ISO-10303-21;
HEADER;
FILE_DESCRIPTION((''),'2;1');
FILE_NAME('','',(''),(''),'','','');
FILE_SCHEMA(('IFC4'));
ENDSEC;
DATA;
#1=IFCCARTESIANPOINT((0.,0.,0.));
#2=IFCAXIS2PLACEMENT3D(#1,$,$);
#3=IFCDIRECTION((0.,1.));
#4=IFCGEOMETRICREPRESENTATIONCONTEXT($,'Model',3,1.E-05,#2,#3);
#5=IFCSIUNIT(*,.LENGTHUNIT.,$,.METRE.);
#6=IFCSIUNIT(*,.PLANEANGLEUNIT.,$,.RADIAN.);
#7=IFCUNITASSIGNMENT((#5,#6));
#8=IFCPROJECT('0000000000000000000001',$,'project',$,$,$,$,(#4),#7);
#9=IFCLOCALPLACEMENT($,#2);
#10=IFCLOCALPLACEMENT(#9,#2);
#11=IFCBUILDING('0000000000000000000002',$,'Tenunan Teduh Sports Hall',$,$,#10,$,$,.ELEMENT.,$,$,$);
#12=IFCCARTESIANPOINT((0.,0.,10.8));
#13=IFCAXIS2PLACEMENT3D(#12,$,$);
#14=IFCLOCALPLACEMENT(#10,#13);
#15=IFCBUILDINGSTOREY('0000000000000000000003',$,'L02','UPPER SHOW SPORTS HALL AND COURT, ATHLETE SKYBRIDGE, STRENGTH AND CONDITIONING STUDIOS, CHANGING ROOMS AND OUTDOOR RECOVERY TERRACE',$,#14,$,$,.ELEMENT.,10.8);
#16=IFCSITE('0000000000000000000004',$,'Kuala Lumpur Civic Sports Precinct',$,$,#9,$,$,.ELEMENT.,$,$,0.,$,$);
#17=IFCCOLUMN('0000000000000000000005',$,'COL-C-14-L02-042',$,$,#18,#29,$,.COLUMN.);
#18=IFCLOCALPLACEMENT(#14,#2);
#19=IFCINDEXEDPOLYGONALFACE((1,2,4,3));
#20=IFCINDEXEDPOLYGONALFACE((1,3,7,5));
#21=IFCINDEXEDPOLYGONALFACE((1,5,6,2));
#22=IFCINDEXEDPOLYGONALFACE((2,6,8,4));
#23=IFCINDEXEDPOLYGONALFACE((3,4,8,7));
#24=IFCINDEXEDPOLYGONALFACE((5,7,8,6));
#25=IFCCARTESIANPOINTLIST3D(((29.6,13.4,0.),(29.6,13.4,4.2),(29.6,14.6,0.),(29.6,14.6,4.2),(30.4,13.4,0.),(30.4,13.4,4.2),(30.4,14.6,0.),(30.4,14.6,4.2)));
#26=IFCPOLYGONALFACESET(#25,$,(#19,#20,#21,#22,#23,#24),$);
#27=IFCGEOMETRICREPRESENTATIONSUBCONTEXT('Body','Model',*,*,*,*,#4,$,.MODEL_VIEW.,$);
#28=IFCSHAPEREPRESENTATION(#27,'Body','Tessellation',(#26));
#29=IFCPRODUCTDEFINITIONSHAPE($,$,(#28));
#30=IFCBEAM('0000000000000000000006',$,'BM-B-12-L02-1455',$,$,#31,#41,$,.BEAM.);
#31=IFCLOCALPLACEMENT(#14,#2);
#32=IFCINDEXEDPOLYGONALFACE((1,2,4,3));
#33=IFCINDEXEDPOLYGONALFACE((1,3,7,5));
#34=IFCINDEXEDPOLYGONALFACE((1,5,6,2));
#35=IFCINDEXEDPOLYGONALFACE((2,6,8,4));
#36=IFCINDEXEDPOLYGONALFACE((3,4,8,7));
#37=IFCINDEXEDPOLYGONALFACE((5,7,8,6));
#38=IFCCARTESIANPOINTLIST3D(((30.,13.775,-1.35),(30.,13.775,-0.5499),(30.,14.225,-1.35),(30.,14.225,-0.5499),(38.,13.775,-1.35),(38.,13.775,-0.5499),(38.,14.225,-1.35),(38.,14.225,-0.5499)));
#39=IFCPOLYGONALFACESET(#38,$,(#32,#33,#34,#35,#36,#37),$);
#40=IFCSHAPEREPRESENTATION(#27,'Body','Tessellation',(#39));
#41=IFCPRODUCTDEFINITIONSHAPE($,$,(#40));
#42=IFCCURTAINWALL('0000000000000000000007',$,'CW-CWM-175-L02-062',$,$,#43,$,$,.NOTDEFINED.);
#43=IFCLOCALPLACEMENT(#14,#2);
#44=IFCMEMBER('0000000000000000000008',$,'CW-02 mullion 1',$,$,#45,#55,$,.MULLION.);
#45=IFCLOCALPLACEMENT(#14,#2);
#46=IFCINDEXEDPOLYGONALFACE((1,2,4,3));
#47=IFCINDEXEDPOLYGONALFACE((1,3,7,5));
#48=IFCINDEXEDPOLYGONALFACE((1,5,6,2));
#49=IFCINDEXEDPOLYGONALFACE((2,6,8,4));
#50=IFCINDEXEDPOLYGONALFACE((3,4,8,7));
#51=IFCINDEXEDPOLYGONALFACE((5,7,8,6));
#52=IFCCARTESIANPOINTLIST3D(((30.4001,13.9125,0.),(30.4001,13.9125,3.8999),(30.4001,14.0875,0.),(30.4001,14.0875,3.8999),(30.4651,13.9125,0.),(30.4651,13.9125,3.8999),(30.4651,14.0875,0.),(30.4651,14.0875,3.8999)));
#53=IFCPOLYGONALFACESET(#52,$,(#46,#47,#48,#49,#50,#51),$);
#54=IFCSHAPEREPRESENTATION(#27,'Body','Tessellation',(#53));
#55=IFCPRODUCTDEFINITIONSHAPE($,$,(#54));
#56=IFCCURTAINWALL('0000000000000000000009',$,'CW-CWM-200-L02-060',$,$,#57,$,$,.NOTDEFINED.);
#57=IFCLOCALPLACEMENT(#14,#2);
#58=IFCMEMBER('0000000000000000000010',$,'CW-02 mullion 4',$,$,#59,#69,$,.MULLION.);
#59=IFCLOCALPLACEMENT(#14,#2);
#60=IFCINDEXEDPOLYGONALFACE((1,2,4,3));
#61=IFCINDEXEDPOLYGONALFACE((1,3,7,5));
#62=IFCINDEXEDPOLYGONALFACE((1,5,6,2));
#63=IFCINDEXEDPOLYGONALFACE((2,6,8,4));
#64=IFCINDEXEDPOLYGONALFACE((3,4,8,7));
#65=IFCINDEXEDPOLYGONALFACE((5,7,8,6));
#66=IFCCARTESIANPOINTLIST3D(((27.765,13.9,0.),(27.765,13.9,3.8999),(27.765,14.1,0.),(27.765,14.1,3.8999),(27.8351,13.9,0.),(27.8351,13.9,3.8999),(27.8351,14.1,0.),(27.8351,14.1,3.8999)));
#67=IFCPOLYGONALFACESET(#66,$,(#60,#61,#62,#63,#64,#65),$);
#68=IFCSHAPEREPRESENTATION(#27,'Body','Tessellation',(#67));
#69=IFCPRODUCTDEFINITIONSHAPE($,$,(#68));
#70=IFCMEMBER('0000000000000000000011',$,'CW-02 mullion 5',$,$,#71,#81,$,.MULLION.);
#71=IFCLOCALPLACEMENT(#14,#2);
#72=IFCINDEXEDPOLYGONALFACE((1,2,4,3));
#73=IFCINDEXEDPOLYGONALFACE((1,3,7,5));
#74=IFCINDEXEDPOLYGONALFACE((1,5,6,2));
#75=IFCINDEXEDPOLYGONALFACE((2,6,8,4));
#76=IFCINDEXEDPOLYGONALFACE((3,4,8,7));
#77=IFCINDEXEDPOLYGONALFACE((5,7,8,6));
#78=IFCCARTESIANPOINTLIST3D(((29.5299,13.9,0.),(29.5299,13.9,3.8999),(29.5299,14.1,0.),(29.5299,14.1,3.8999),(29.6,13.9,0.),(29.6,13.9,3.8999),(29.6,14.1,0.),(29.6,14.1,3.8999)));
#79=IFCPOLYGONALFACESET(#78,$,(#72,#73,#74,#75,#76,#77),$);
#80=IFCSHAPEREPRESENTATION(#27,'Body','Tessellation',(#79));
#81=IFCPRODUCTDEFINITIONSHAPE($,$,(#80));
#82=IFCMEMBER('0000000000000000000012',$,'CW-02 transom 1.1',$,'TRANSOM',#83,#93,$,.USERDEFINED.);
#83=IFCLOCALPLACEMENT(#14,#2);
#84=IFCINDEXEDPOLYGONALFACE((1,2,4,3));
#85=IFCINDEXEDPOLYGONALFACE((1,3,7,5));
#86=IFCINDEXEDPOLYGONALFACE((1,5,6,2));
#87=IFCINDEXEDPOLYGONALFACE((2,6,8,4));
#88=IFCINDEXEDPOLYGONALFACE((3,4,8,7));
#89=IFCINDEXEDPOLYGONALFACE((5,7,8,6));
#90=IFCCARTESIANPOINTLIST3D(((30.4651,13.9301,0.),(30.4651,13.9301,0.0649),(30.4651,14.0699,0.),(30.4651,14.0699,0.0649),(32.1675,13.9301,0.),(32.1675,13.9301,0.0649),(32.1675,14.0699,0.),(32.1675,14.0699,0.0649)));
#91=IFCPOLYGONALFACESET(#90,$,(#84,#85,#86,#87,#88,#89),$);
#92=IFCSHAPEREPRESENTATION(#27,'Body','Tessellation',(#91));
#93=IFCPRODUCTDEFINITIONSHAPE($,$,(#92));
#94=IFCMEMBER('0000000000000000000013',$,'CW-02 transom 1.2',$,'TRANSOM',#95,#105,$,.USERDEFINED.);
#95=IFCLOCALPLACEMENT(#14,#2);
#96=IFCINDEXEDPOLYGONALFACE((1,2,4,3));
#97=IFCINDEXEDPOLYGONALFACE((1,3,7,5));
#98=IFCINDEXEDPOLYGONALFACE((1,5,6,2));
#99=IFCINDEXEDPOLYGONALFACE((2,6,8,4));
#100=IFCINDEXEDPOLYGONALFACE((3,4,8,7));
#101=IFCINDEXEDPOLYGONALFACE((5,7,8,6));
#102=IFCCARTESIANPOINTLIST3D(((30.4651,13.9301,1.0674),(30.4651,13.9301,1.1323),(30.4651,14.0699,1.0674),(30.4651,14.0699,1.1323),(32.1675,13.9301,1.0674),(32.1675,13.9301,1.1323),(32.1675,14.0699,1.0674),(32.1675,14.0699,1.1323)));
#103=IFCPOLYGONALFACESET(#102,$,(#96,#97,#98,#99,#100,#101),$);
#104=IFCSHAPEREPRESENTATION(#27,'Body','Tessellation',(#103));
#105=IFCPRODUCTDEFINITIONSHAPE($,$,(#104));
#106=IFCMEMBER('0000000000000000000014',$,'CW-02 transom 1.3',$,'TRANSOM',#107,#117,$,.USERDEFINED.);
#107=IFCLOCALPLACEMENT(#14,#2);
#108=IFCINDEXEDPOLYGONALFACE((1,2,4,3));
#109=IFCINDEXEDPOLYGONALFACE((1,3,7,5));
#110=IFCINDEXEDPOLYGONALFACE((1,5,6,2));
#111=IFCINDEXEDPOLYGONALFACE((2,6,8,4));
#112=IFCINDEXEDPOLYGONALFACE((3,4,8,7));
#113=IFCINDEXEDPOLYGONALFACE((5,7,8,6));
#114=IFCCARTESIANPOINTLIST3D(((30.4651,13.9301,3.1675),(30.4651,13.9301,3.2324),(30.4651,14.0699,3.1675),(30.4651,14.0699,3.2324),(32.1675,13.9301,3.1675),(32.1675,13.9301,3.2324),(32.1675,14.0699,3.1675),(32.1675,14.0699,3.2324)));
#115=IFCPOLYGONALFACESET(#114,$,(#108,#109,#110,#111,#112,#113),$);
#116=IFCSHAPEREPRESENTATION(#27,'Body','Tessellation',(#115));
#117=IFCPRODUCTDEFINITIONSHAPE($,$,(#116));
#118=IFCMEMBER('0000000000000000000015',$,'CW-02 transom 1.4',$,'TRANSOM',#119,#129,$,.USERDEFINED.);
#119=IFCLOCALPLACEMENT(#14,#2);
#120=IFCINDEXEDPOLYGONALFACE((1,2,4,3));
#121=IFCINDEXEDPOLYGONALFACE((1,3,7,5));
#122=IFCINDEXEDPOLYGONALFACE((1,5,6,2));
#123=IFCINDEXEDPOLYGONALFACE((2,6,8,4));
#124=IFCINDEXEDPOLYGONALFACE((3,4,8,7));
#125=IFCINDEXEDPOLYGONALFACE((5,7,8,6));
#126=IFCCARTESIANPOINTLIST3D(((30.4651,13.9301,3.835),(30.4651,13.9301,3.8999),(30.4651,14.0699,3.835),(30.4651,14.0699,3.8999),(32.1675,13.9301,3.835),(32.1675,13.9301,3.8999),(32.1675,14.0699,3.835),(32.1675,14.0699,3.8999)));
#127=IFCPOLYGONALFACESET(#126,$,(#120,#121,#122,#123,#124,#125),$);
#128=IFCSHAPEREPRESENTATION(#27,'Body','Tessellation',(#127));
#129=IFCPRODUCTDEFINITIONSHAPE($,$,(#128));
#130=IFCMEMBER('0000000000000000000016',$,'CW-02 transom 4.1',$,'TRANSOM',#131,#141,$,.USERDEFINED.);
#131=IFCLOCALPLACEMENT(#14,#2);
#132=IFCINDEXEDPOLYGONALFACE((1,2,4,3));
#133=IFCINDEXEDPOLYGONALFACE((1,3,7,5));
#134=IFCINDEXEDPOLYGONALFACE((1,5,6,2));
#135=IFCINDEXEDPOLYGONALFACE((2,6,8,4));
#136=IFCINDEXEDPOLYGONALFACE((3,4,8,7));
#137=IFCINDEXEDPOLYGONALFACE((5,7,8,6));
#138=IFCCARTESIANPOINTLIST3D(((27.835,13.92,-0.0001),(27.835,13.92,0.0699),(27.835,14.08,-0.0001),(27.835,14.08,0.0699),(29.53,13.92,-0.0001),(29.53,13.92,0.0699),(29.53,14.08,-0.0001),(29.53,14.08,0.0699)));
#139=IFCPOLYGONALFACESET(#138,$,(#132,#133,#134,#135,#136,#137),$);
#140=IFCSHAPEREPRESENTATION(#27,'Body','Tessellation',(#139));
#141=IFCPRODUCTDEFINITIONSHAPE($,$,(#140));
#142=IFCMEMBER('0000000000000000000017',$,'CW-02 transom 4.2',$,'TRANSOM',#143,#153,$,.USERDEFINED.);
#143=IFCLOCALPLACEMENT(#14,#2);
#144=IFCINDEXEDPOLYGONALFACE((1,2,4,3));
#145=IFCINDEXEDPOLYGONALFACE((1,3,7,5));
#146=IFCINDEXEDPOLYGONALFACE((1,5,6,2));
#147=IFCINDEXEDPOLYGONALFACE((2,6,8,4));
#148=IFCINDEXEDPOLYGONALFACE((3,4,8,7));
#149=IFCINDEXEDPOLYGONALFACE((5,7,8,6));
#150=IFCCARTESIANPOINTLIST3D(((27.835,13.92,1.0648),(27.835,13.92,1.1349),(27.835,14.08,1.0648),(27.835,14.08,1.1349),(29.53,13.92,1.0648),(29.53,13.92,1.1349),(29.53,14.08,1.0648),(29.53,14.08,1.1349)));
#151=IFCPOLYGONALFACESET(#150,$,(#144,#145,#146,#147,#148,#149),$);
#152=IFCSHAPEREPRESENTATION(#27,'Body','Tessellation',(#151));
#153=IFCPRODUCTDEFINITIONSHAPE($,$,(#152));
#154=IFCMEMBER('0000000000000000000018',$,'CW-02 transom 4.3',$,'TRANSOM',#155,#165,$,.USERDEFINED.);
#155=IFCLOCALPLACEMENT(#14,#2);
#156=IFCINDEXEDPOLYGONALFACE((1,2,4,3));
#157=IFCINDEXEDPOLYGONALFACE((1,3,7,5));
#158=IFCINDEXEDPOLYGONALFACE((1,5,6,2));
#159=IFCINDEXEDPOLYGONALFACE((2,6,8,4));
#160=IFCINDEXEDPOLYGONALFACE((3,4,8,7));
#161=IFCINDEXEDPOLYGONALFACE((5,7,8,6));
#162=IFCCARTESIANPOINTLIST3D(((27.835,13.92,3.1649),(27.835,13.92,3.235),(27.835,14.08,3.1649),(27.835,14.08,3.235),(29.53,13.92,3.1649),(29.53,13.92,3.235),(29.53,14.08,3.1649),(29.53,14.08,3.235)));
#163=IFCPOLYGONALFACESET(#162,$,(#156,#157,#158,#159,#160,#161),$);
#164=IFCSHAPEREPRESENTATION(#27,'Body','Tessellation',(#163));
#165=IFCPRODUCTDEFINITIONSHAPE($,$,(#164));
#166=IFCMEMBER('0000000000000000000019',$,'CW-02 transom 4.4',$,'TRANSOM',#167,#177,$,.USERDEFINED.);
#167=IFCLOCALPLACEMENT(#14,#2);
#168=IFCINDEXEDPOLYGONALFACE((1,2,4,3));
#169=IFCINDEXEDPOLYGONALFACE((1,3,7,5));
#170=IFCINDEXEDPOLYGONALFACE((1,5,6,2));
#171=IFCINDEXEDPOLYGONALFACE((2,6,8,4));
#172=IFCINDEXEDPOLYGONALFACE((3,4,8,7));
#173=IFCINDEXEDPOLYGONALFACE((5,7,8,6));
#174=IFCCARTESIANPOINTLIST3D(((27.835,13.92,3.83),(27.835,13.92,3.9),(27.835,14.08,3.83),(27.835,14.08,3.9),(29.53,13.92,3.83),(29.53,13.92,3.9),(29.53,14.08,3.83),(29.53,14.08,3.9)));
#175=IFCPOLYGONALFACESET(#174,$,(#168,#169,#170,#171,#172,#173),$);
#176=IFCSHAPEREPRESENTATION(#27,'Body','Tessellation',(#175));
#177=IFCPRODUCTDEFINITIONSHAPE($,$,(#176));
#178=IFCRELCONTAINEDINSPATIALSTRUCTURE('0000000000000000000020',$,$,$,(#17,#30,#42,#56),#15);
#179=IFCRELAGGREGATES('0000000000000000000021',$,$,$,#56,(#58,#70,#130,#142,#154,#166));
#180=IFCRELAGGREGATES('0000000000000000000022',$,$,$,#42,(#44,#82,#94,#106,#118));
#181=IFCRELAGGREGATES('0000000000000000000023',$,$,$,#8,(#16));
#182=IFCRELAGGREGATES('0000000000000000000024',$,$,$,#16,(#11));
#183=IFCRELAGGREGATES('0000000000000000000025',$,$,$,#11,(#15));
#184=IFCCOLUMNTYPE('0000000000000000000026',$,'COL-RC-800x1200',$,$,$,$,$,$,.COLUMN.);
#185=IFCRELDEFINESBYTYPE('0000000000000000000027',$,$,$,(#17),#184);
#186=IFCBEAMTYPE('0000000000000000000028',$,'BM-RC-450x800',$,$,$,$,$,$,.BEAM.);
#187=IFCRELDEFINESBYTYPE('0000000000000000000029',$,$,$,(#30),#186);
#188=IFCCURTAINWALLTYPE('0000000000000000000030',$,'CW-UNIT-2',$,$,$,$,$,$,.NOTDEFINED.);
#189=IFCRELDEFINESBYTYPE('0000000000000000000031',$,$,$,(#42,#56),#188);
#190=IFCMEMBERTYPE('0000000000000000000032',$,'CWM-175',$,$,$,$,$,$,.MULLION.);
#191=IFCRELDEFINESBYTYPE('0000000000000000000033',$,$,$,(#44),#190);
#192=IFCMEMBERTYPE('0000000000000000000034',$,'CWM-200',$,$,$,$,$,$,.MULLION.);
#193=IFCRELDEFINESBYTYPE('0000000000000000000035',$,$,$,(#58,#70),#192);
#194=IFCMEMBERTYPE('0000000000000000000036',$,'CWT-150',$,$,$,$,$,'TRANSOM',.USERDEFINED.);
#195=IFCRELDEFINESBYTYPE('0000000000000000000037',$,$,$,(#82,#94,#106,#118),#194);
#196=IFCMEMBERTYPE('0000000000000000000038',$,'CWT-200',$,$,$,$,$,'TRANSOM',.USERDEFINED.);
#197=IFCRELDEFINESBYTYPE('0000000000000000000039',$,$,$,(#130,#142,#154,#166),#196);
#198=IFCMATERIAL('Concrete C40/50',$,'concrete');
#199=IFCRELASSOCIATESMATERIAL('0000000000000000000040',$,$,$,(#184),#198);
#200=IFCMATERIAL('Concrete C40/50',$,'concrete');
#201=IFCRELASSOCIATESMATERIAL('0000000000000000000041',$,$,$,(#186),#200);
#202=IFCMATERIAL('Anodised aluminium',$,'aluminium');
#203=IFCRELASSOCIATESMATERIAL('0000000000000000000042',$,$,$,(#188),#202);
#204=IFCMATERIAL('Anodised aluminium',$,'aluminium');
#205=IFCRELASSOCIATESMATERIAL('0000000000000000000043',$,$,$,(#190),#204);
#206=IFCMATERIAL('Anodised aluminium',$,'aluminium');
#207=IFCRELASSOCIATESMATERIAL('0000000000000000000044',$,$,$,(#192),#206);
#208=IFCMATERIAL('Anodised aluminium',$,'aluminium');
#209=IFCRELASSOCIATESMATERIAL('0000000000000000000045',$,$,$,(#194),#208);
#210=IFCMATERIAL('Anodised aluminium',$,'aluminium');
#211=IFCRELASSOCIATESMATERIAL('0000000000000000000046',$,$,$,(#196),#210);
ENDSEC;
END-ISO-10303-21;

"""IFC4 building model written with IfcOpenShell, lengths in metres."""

from ifc_helpers import new_model, si_unit, direction, frame, origin, origin_2d, place, context, subcontext, project, spatial, rectangle, extrude, material, material_profile, profile_set, type_object, element, aggregate, save


model = new_model("IFC4")

# Units and contexts
model_context = context("Model", 3, precision=1e-05, world=origin(), true_north=direction((0.0, 1.0)))
body_context = subcontext(model_context, "Body", "Model", "MODEL_VIEW")
ifc_project = project(units=[si_unit("LENGTHUNIT", "METRE"), si_unit("PLANEANGLEUNIT", "RADIAN")], contexts=[model_context])

# Site, building, storey
site_placement = place(None, origin())
site = spatial("IfcSite", under=ifc_project, at=site_placement, Name="Kuala Lumpur Civic Sports Precinct", CompositionType="ELEMENT", RefElevation=0.0)
building_placement = place(site_placement, origin())
building = spatial("IfcBuilding", under=site, at=building_placement, Name="Tenunan Teduh Sports Hall", CompositionType="ELEMENT")
storey_placement = place(building_placement, frame((0.0, 0.0, 10.8)))
storey = spatial("IfcBuildingStorey", under=building, at=storey_placement, Name="L02", Description="UPPER SHOW SPORTS HALL AND COURT, ATHLETE SKYBRIDGE, STRENGTH AND CONDITIONING STUDIOS, CHANGING ROOMS AND OUTDOOR RECOVERY TERRACE", CompositionType="ELEMENT", Elevation=10.8)

# Column
ifc_material_1 = material(Name="Concrete C40/50", Category="concrete")
ifc_material_profile_1 = material_profile(ifc_material_1, rectangle(XDim=0.8, YDim=1.2, at=origin_2d()), Name="RC 800x1200")
ifc_profile_set_1 = profile_set([ifc_material_profile_1], Name="Concrete C40/50")
column_type = type_object("IfcColumnType", Name="COL-RC-800x1200", PredefinedType="COLUMN", material=ifc_profile_set_1)
column_placement = place(storey_placement, frame((30.0, 14.0, 0.0), z_axis=(0.0, 0.0, 1.0), x_axis=(1.0, 0.0, 0.0)))
element("IfcColumn", 1, at=column_placement, inside=storey, type_object=column_type, Name="COL-C-14-L02-042", PredefinedType="COLUMN", context=body_context, shape_type="SweptSolid", body=[
    extrude(rectangle(XDim=0.8, YDim=1.2, at=origin_2d()), origin(), (0.0, 0.0, 1.0), 4.2),
])

# Beam
ifc_material_2 = material(Name="Concrete C40/50", Category="concrete")
ifc_material_profile_2 = material_profile(ifc_material_2, rectangle(XDim=0.45, YDim=0.8, at=origin_2d()), Name="RCB 450x800")
ifc_profile_set_2 = profile_set([ifc_material_profile_2], Name="Concrete C40/50")
beam_type_1 = type_object("IfcBeamType", Name="BM-RC-450x800", PredefinedType="BEAM", material=ifc_profile_set_2)
beam_1_placement = place(storey_placement, frame((30.0, 14.0, -0.95), z_axis=(1.0, 0.0, 0.0), x_axis=(0.0, 1.0, 0.0)))
element("IfcBeam", 2, at=beam_1_placement, inside=storey, type_object=beam_type_1, Name="BM-B-12-L02-1455", PredefinedType="BEAM", context=body_context, shape_type="SweptSolid", body=[
    extrude(rectangle(XDim=0.45, YDim=0.8, at=origin_2d()), origin(), (0.0, 0.0, 1.0), 8.0),
])

# Curtain wall, member
ifc_material_3 = material(Name="Anodised aluminium", Category="aluminium")
curtain_wall_type = type_object("IfcCurtainWallType", Name="CW-UNIT-2", PredefinedType="NOTDEFINED", material=ifc_material_3)
curtain_wall_1_placement = place(storey_placement, origin())
curtain_wall_1 = element("IfcCurtainWall", 3, at=curtain_wall_1_placement, inside=storey, type_object=curtain_wall_type, Name="CW-CWM-175-L02-062", PredefinedType="NOTDEFINED")
ifc_material_4 = material(Name="Anodised aluminium", Category="aluminium")
ifc_material_profile_3 = material_profile(ifc_material_4, rectangle(XDim=0.0649, YDim=0.175, at=origin_2d()), Name="CWM 65x175")
ifc_profile_set_3 = profile_set([ifc_material_profile_3], Name="Anodised aluminium")
member_type_1 = type_object("IfcMemberType", Name="CWM-175", PredefinedType="MULLION", material=ifc_profile_set_3)
member_1_placement = place(storey_placement, frame((30.4326, 14.0, 0.0), z_axis=(0.0, 0.0, 1.0), x_axis=(1.0, 0.0, 0.0)))
member_1 = element("IfcMember", 4, at=member_1_placement, type_object=member_type_1, Name="CW-02 mullion 1", PredefinedType="MULLION", context=body_context, shape_type="SweptSolid", body=[
    extrude(rectangle(XDim=0.0649, YDim=0.175, at=origin_2d()), origin(), (0.0, 0.0, 1.0), 3.8999),
])

# Curtain wall, members
curtain_wall_2_placement = place(storey_placement, origin())
curtain_wall_2 = element("IfcCurtainWall", 5, at=curtain_wall_2_placement, inside=storey, type_object=curtain_wall_type, Name="CW-CWM-200-L02-060", PredefinedType="NOTDEFINED")
ifc_material_5 = material(Name="Anodised aluminium", Category="aluminium")
ifc_material_profile_4 = material_profile(ifc_material_5, rectangle(XDim=0.0701, YDim=0.2, at=origin_2d()), Name="CWM 70x200")
ifc_profile_set_4 = profile_set([ifc_material_profile_4], Name="Anodised aluminium")
member_type_2 = type_object("IfcMemberType", Name="CWM-200", PredefinedType="MULLION", material=ifc_profile_set_4)
member_2_placement = place(storey_placement, frame((27.8, 14.0, 0.0), z_axis=(0.0, 0.0, 1.0), x_axis=(1.0, 0.0, 0.0)))
member_2 = element("IfcMember", 6, at=member_2_placement, type_object=member_type_2, Name="CW-02 mullion 4", PredefinedType="MULLION", context=body_context, shape_type="SweptSolid", body=[
    extrude(rectangle(XDim=0.0701, YDim=0.2, at=origin_2d()), origin(), (0.0, 0.0, 1.0), 3.8999),
])
member_3_placement = place(storey_placement, frame((29.5649, 14.0, 0.0), z_axis=(0.0, 0.0, 1.0), x_axis=(1.0, 0.0, 0.0)))
member_3 = element("IfcMember", 7, at=member_3_placement, type_object=member_type_2, Name="CW-02 mullion 5", PredefinedType="MULLION", context=body_context, shape_type="SweptSolid", body=[
    extrude(rectangle(XDim=0.0701, YDim=0.2, at=origin_2d()), origin(), (0.0, 0.0, 1.0), 3.8999),
])

# Members
ifc_material_6 = material(Name="Anodised aluminium", Category="aluminium")
ifc_material_profile_5 = material_profile(ifc_material_6, rectangle(XDim=0.0649, YDim=0.1399, at=origin_2d()), Name="CWT 65x140")
ifc_profile_set_5 = profile_set([ifc_material_profile_5], Name="Anodised aluminium")
member_type_3 = type_object("IfcMemberType", Name="CWT-150", ElementType="TRANSOM", PredefinedType="USERDEFINED", material=ifc_profile_set_5)
member_4_placement = place(storey_placement, frame((30.4651, 14.0, 0.0325), z_axis=(1.0, 0.0, 0.0), x_axis=(0.0, 0.0, 1.0)))
member_4 = element("IfcMember", 8, at=member_4_placement, type_object=member_type_3, Name="CW-02 transom 1.1", ObjectType="TRANSOM", PredefinedType="USERDEFINED", context=body_context, shape_type="SweptSolid", body=[
    extrude(rectangle(XDim=0.0649, YDim=0.1399, at=origin_2d()), origin(), (0.0, 0.0, 1.0), 1.7024),
])
member_5_placement = place(storey_placement, frame((30.4651, 14.0, 1.0999), z_axis=(1.0, 0.0, 0.0), x_axis=(0.0, 0.0, 1.0)))
member_5 = element("IfcMember", 9, at=member_5_placement, type_object=member_type_3, Name="CW-02 transom 1.2", ObjectType="TRANSOM", PredefinedType="USERDEFINED", context=body_context, shape_type="SweptSolid", body=[
    extrude(rectangle(XDim=0.0649, YDim=0.1399, at=origin_2d()), origin(), (0.0, 0.0, 1.0), 1.7024),
])
member_6_placement = place(storey_placement, frame((30.4651, 14.0, 3.2), z_axis=(1.0, 0.0, 0.0), x_axis=(0.0, 0.0, 1.0)))
member_6 = element("IfcMember", 10, at=member_6_placement, type_object=member_type_3, Name="CW-02 transom 1.3", ObjectType="TRANSOM", PredefinedType="USERDEFINED", context=body_context, shape_type="SweptSolid", body=[
    extrude(rectangle(XDim=0.0649, YDim=0.1399, at=origin_2d()), origin(), (0.0, 0.0, 1.0), 1.7024),
])
member_7_placement = place(storey_placement, frame((30.4651, 14.0, 3.8674), z_axis=(1.0, 0.0, 0.0), x_axis=(0.0, 0.0, 1.0)))
member_7 = element("IfcMember", 11, at=member_7_placement, type_object=member_type_3, Name="CW-02 transom 1.4", ObjectType="TRANSOM", PredefinedType="USERDEFINED", context=body_context, shape_type="SweptSolid", body=[
    extrude(rectangle(XDim=0.0649, YDim=0.1399, at=origin_2d()), origin(), (0.0, 0.0, 1.0), 1.7024),
])
ifc_material_7 = material(Name="Anodised aluminium", Category="aluminium")
ifc_material_profile_6 = material_profile(ifc_material_7, rectangle(XDim=0.0701, YDim=0.1599, at=origin_2d()), Name="CWT 70x160")
ifc_profile_set_6 = profile_set([ifc_material_profile_6], Name="Anodised aluminium")
member_type_4 = type_object("IfcMemberType", Name="CWT-200", ElementType="TRANSOM", PredefinedType="USERDEFINED", material=ifc_profile_set_6)
member_8_placement = place(storey_placement, frame((27.835, 14.0, 0.0349), z_axis=(1.0, 0.0, 0.0), x_axis=(0.0, 0.0, 1.0)))
member_8 = element("IfcMember", 12, at=member_8_placement, type_object=member_type_4, Name="CW-02 transom 4.1", ObjectType="TRANSOM", PredefinedType="USERDEFINED", context=body_context, shape_type="SweptSolid", body=[
    extrude(rectangle(XDim=0.0701, YDim=0.1599, at=origin_2d()), origin(), (0.0, 0.0, 1.0), 1.6951),
])
member_9_placement = place(storey_placement, frame((27.835, 14.0, 1.0999), z_axis=(1.0, 0.0, 0.0), x_axis=(0.0, 0.0, 1.0)))
member_9 = element("IfcMember", 13, at=member_9_placement, type_object=member_type_4, Name="CW-02 transom 4.2", ObjectType="TRANSOM", PredefinedType="USERDEFINED", context=body_context, shape_type="SweptSolid", body=[
    extrude(rectangle(XDim=0.0701, YDim=0.1599, at=origin_2d()), origin(), (0.0, 0.0, 1.0), 1.6951),
])
member_10_placement = place(storey_placement, frame((27.835, 14.0, 3.2), z_axis=(1.0, 0.0, 0.0), x_axis=(0.0, 0.0, 1.0)))
member_10 = element("IfcMember", 14, at=member_10_placement, type_object=member_type_4, Name="CW-02 transom 4.3", ObjectType="TRANSOM", PredefinedType="USERDEFINED", context=body_context, shape_type="SweptSolid", body=[
    extrude(rectangle(XDim=0.0701, YDim=0.1599, at=origin_2d()), origin(), (0.0, 0.0, 1.0), 1.6951),
])
member_11_placement = place(storey_placement, frame((27.835, 14.0, 3.865), z_axis=(1.0, 0.0, 0.0), x_axis=(0.0, 0.0, 1.0)))
member_11 = element("IfcMember", 15, at=member_11_placement, type_object=member_type_4, Name="CW-02 transom 4.4", ObjectType="TRANSOM", PredefinedType="USERDEFINED", context=body_context, shape_type="SweptSolid", body=[
    extrude(rectangle(XDim=0.0701, YDim=0.1599, at=origin_2d()), origin(), (0.0, 0.0, 1.0), 1.6951),
])

aggregate(curtain_wall_2, [member_2, member_3, member_8, member_9, member_10, member_11])
aggregate(curtain_wall_1, [member_1, member_4, member_5, member_6, member_7])

save(model, "model.ifc")
